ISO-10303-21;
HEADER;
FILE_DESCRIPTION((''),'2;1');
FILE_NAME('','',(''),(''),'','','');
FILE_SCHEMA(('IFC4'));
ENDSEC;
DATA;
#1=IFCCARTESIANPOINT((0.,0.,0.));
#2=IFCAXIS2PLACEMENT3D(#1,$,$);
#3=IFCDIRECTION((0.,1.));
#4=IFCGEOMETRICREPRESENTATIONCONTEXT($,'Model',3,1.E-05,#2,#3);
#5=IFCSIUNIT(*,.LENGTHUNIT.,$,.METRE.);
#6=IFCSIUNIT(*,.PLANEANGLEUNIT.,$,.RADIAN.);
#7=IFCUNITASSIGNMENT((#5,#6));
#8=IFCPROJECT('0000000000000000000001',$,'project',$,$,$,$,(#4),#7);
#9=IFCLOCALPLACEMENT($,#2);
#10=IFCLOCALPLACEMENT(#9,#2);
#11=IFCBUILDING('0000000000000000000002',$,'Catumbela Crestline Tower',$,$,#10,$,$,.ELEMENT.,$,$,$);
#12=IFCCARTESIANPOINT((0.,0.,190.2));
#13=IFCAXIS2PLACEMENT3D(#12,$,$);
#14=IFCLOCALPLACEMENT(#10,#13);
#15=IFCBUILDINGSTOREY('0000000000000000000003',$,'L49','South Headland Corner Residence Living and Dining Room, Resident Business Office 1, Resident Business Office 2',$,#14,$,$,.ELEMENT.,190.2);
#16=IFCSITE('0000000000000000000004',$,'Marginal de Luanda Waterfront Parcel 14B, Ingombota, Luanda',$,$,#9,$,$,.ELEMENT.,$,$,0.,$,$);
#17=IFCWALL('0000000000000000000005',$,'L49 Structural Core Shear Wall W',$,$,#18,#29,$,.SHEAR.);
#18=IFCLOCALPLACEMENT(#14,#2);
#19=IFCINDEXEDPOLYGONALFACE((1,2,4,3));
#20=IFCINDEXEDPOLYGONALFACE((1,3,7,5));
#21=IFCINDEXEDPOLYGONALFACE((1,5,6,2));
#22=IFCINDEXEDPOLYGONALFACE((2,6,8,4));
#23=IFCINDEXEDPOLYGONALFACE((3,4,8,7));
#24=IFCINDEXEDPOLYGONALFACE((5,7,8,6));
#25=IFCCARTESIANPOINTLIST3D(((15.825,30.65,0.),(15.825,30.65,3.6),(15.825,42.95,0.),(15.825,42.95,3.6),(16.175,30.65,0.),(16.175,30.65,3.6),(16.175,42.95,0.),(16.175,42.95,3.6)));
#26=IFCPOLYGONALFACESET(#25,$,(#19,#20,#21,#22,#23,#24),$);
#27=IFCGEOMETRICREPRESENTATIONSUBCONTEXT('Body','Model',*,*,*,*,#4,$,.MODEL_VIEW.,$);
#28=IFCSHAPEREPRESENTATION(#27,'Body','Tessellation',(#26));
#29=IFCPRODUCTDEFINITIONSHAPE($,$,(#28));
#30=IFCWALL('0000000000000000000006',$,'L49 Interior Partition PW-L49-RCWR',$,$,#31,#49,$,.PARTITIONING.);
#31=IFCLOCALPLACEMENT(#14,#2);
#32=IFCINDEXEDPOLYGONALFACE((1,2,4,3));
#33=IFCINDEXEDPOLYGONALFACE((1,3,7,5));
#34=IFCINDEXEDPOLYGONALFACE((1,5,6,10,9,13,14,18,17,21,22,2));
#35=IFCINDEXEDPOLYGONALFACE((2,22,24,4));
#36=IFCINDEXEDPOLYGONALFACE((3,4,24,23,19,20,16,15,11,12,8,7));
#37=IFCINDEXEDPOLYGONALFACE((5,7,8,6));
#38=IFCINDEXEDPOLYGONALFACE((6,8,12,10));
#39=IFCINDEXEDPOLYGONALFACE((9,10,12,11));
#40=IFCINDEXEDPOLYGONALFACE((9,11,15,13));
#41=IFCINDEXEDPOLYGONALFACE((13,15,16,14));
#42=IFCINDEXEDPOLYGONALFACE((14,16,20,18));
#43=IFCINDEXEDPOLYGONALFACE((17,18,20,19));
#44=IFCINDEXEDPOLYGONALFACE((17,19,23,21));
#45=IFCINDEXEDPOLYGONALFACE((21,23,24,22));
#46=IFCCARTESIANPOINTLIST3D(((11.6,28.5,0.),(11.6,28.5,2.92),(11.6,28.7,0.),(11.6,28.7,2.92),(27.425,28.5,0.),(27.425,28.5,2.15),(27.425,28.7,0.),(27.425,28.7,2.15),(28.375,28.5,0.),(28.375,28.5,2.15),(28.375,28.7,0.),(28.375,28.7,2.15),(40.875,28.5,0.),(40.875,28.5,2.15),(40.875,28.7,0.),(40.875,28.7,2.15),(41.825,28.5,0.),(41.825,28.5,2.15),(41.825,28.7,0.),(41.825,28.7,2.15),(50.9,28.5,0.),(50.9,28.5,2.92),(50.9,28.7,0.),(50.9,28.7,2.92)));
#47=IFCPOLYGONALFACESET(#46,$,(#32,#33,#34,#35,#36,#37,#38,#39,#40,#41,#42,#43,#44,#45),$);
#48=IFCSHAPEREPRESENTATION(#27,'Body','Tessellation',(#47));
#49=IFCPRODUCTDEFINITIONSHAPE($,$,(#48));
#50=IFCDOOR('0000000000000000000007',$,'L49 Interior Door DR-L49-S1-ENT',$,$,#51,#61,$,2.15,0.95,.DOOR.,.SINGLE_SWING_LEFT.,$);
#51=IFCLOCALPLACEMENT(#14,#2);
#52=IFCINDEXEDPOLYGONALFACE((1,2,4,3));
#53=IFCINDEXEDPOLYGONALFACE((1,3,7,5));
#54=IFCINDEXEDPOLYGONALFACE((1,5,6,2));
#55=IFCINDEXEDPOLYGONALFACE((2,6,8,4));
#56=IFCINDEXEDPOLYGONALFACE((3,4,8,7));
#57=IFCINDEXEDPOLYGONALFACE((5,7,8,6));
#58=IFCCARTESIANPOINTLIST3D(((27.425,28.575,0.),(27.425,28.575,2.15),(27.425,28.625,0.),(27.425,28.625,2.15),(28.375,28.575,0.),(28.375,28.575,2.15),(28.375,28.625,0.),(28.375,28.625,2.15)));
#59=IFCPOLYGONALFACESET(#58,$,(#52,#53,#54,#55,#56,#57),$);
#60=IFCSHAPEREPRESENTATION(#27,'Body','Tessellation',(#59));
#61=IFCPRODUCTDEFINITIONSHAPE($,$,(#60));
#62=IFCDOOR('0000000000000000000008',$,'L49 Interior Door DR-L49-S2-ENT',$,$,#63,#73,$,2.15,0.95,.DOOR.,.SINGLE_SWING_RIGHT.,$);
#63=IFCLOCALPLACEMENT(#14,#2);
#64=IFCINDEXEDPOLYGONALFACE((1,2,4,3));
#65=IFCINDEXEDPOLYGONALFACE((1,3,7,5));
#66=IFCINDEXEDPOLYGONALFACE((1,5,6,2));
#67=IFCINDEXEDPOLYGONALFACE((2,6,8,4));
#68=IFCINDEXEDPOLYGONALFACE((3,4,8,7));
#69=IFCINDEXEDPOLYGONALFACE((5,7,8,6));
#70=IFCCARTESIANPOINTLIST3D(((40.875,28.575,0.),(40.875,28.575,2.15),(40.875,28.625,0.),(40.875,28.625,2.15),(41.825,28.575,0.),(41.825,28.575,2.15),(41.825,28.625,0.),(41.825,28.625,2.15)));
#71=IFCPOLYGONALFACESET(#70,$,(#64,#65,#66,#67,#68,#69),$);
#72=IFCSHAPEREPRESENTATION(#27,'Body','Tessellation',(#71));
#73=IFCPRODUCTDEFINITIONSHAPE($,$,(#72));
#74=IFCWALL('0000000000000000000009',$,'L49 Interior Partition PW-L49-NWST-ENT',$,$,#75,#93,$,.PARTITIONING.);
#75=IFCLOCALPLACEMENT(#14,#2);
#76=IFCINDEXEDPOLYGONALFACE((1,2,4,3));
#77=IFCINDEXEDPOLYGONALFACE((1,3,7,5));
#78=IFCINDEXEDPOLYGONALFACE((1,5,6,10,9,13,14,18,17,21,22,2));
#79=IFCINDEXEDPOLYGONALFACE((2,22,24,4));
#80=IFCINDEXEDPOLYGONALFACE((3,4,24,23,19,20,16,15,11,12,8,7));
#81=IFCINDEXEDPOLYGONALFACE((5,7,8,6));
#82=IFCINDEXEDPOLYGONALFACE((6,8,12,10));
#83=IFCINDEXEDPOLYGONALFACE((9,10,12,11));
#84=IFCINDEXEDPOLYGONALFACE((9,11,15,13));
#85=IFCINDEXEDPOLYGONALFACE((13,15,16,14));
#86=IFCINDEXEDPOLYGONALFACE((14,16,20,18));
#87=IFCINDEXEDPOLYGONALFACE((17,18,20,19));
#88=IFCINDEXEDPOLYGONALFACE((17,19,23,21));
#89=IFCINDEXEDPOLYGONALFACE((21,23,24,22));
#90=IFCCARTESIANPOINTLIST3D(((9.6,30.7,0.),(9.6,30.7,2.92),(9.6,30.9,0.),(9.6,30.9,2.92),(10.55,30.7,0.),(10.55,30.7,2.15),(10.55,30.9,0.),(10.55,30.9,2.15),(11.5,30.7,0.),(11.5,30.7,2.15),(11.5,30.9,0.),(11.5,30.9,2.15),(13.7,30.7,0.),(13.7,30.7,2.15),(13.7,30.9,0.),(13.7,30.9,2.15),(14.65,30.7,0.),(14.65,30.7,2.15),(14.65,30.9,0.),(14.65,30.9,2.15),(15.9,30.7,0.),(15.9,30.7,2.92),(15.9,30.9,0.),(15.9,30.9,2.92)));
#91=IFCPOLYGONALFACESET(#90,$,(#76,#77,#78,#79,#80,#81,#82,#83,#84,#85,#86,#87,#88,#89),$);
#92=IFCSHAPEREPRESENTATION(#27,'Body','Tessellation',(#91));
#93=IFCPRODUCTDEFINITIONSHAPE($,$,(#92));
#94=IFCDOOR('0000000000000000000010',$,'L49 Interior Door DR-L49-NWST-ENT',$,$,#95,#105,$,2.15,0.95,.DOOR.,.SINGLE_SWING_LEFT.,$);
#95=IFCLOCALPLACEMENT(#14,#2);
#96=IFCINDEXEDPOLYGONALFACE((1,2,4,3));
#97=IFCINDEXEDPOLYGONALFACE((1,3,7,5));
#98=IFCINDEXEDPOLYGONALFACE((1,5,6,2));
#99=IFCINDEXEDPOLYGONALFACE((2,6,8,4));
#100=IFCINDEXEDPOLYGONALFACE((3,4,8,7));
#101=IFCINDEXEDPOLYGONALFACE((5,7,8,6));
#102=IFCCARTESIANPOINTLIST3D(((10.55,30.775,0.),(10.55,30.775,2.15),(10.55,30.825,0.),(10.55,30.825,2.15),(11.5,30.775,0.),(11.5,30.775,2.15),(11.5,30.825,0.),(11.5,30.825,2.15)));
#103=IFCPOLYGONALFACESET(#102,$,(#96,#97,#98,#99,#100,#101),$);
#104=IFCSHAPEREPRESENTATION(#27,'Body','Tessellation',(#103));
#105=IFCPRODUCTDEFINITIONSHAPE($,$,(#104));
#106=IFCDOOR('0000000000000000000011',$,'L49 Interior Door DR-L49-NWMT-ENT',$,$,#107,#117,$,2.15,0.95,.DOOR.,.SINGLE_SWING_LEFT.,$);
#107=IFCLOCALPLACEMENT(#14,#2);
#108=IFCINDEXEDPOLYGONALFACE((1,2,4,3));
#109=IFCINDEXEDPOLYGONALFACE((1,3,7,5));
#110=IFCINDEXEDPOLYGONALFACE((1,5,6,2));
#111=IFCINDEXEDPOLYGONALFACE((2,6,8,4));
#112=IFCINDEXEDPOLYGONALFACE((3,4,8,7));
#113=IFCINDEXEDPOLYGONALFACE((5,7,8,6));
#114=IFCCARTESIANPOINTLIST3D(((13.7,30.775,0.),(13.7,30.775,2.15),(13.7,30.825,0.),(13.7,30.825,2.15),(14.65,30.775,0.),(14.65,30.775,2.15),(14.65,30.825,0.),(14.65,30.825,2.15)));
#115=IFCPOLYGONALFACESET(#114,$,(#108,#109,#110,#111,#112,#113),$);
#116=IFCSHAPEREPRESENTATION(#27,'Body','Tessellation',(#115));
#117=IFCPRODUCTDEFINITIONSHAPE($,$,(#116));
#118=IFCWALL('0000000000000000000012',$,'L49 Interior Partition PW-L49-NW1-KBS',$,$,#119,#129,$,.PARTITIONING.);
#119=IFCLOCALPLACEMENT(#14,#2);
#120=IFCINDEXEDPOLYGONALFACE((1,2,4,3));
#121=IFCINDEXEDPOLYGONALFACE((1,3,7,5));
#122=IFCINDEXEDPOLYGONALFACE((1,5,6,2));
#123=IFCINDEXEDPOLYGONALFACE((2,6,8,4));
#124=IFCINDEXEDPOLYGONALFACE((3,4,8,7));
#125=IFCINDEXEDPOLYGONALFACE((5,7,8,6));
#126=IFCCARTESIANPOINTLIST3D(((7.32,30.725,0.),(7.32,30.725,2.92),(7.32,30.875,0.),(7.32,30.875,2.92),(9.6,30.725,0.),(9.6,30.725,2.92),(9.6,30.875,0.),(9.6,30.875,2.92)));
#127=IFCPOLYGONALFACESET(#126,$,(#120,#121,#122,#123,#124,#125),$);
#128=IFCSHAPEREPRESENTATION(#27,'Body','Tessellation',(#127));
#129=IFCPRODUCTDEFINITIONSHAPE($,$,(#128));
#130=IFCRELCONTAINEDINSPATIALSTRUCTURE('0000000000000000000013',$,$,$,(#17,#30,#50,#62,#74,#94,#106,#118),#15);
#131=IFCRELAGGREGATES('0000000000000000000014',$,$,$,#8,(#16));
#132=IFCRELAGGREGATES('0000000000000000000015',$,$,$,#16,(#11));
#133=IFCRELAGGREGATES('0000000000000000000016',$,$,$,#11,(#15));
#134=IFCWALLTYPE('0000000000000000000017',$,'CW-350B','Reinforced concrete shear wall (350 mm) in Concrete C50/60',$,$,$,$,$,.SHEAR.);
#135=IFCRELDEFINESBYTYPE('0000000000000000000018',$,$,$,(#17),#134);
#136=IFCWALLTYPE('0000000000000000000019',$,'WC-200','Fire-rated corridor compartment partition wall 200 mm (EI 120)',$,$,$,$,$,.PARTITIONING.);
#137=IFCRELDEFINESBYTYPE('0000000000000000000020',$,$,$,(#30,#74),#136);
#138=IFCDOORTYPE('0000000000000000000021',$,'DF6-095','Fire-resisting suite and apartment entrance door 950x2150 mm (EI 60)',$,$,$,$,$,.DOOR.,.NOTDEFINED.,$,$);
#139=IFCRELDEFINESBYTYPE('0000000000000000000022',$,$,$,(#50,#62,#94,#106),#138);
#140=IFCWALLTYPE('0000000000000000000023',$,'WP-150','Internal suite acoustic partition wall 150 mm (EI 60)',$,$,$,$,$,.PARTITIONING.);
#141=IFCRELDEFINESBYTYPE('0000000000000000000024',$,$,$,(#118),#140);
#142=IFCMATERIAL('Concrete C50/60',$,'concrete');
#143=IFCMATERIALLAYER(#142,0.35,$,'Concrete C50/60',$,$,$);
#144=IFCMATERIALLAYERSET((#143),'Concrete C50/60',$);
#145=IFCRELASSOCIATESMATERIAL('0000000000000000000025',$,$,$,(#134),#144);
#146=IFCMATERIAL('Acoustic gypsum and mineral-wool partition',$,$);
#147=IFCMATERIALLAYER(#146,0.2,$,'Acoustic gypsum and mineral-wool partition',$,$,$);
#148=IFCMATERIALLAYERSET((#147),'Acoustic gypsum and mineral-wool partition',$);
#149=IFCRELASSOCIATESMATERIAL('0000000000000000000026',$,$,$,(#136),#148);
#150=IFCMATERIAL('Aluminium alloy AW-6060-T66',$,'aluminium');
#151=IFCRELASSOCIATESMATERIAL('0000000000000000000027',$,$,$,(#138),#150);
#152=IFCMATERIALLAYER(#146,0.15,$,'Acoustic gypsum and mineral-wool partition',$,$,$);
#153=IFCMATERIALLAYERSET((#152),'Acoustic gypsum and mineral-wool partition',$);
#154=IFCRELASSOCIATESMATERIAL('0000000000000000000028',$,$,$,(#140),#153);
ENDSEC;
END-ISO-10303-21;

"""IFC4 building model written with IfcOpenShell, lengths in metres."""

from ifc_helpers import new_model, si_unit, direction, frame, frame_2d, origin, place, context, subcontext, project, spatial, rectangle, extrude, material, layer, layer_set, type_object, element, fill, save


model = new_model("IFC4")

# Units and contexts
model_context = context("Model", 3, precision=1e-05, world=origin(), true_north=direction((0.0, 1.0)))
body_context = subcontext(model_context, "Body", "Model", "MODEL_VIEW")
ifc_project = project(units=[si_unit("LENGTHUNIT", "METRE"), si_unit("PLANEANGLEUNIT", "RADIAN")], contexts=[model_context])

# Site, building, storey
site_placement = place(None, origin())
site = spatial("IfcSite", under=ifc_project, at=site_placement, Name="Marginal de Luanda Waterfront Parcel 14B, Ingombota, Luanda", CompositionType="ELEMENT", RefElevation=0.0)
building_placement = place(site_placement, origin())
building = spatial("IfcBuilding", under=site, at=building_placement, Name="Catumbela Crestline Tower", CompositionType="ELEMENT")
storey_placement = place(building_placement, frame((0.0, 0.0, 190.2)))
storey = spatial("IfcBuildingStorey", under=building, at=storey_placement, Name="L49", Description="South Headland Corner Residence Living and Dining Room, Resident Business Office 1, Resident Business Office 2", CompositionType="ELEMENT", Elevation=190.2)

# Shared definitions
ifc_material_1 = material(Name="Concrete C50/60", Category="concrete")

# Wall
ifc_layer_1 = layer(ifc_material_1, 0.35, Name="Concrete C50/60")
ifc_layer_set_1 = layer_set([ifc_layer_1], Name="Concrete C50/60")
wall_type_1 = type_object("IfcWallType", Name="CW-350B", Description="Reinforced concrete shear wall (350 mm) in Concrete C50/60", PredefinedType="SHEAR", material=ifc_layer_set_1)
wall_1_placement = place(storey_placement, frame((16.0, 30.65, 0.0), z_axis=(0.0, 0.0, 1.0), x_axis=(0.0, 1.0, 0.0)))
element("IfcWall", 1, at=wall_1_placement, inside=storey, type_object=wall_type_1, Name="L49 Structural Core Shear Wall W", PredefinedType="SHEAR", context=body_context, shape_type="SweptSolid", body=[
    extrude(rectangle(XDim=12.3, YDim=0.35, at=frame_2d((6.15, 0.0))), origin(), (0.0, 0.0, 1.0), 3.6),
])

# Walls, openings, doors
ifc_material_2 = material(Name="Acoustic gypsum and mineral-wool partition")
ifc_layer_2 = layer(ifc_material_2, 0.2, Name="Acoustic gypsum and mineral-wool partition")
ifc_layer_set_2 = layer_set([ifc_layer_2], Name="Acoustic gypsum and mineral-wool partition")
wall_type_2 = type_object("IfcWallType", Name="WC-200", Description="Fire-rated corridor compartment partition wall 200 mm (EI 120)", PredefinedType="PARTITIONING", material=ifc_layer_set_2)
wall_2_placement = place(storey_placement, frame((11.6, 28.6, 0.0), z_axis=(0.0, 0.0, 1.0), x_axis=(1.0, 0.0, 0.0)))
wall_2 = element("IfcWall", 2, at=wall_2_placement, inside=storey, type_object=wall_type_2, Name="L49 Interior Partition PW-L49-RCWR", PredefinedType="PARTITIONING", context=body_context, shape_type="SweptSolid", body=[
    extrude(rectangle(XDim=39.3, YDim=0.2, at=frame_2d((19.65, 0.0))), origin(), (0.0, 0.0, 1.0), 2.92),
])
opening_1_placement = place(wall_2_placement, frame((15.825, 0.0, 0.0)))
opening_1 = element("IfcOpeningElement", 3, at=opening_1_placement, cuts=wall_2, PredefinedType="OPENING", context=body_context, shape_type="SweptSolid", body=[
    extrude(rectangle(XDim=0.95, YDim=2.15, at=frame_2d((0.475, 1.075))), frame((0.0, 0.11, 0.0), z_axis=(0.0, -1.0, 0.0), x_axis=(1.0, 0.0, 0.0)), (0.0, 0.0, 1.0), 0.22),
])
opening_2_placement = place(wall_2_placement, frame((29.275, 0.0, 0.0)))
opening_2 = element("IfcOpeningElement", 4, at=opening_2_placement, cuts=wall_2, PredefinedType="OPENING", context=body_context, shape_type="SweptSolid", body=[
    extrude(rectangle(XDim=0.95, YDim=2.15, at=frame_2d((0.475, 1.075))), frame((0.0, 0.11, 0.0), z_axis=(0.0, -1.0, 0.0), x_axis=(1.0, 0.0, 0.0)), (0.0, 0.0, 1.0), 0.22),
])
ifc_material_3 = material(Name="Aluminium alloy AW-6060-T66", Category="aluminium")
door_type_1 = type_object("IfcDoorType", Name="DF6-095", Description="Fire-resisting suite and apartment entrance door 950x2150 mm (EI 60)", OperationType="NOTDEFINED", PredefinedType="DOOR", material=ifc_material_3)
door_1_placement = place(opening_1_placement, origin())
door_1 = element("IfcDoor", 5, at=door_1_placement, inside=storey, type_object=door_type_1, Name="L49 Interior Door DR-L49-S1-ENT", OperationType="SINGLE_SWING_LEFT", OverallHeight=2.15, OverallWidth=0.95, PredefinedType="DOOR", context=body_context, shape_type="SweptSolid", body=[
    extrude(rectangle(XDim=0.95, YDim=2.15, at=frame_2d((0.475, 1.075))), frame((0.0, 0.025, 0.0), z_axis=(0.0, -1.0, 0.0), x_axis=(1.0, 0.0, 0.0)), (0.0, 0.0, 1.0), 0.05),
])
fill(opening_1, door_1)
door_2_placement = place(opening_2_placement, origin())
door_2 = element("IfcDoor", 6, at=door_2_placement, inside=storey, type_object=door_type_1, Name="L49 Interior Door DR-L49-S2-ENT", OperationType="SINGLE_SWING_RIGHT", OverallHeight=2.15, OverallWidth=0.95, PredefinedType="DOOR", context=body_context, shape_type="SweptSolid", body=[
    extrude(rectangle(XDim=0.95, YDim=2.15, at=frame_2d((0.475, 1.075))), frame((0.0, 0.025, 0.0), z_axis=(0.0, -1.0, 0.0), x_axis=(1.0, 0.0, 0.0)), (0.0, 0.0, 1.0), 0.05),
])
fill(opening_2, door_2)
wall_3_placement = place(storey_placement, frame((9.6, 30.8, 0.0), z_axis=(0.0, 0.0, 1.0), x_axis=(1.0, 0.0, 0.0)))
wall_3 = element("IfcWall", 7, at=wall_3_placement, inside=storey, type_object=wall_type_2, Name="L49 Interior Partition PW-L49-NWST-ENT", PredefinedType="PARTITIONING", context=body_context, shape_type="SweptSolid", body=[
    extrude(rectangle(XDim=6.3, YDim=0.2, at=frame_2d((3.15, 0.0))), origin(), (0.0, 0.0, 1.0), 2.92),
])
opening_3_placement = place(wall_3_placement, frame((0.95, 0.0, 0.0)))
opening_3 = element("IfcOpeningElement", 8, at=opening_3_placement, cuts=wall_3, PredefinedType="OPENING", context=body_context, shape_type="SweptSolid", body=[
    extrude(rectangle(XDim=0.95, YDim=2.15, at=frame_2d((0.475, 1.075))), frame((0.0, 0.11, 0.0), z_axis=(0.0, -1.0, 0.0), x_axis=(1.0, 0.0, 0.0)), (0.0, 0.0, 1.0), 0.22),
])
opening_4_placement = place(wall_3_placement, frame((4.1, 0.0, 0.0)))
opening_4 = element("IfcOpeningElement", 9, at=opening_4_placement, cuts=wall_3, PredefinedType="OPENING", context=body_context, shape_type="SweptSolid", body=[
    extrude(rectangle(XDim=0.95, YDim=2.15, at=frame_2d((0.475, 1.075))), frame((0.0, 0.11, 0.0), z_axis=(0.0, -1.0, 0.0), x_axis=(1.0, 0.0, 0.0)), (0.0, 0.0, 1.0), 0.22),
])
door_3_placement = place(opening_3_placement, origin())
door_3 = element("IfcDoor", 10, at=door_3_placement, inside=storey, type_object=door_type_1, Name="L49 Interior Door DR-L49-NWST-ENT", OperationType="SINGLE_SWING_LEFT", OverallHeight=2.15, OverallWidth=0.95, PredefinedType="DOOR", context=body_context, shape_type="SweptSolid", body=[
    extrude(rectangle(XDim=0.95, YDim=2.15, at=frame_2d((0.475, 1.075))), frame((0.0, 0.025, 0.0), z_axis=(0.0, -1.0, 0.0), x_axis=(1.0, 0.0, 0.0)), (0.0, 0.0, 1.0), 0.05),
])
fill(opening_3, door_3)
door_4_placement = place(opening_4_placement, origin())
door_4 = element("IfcDoor", 11, at=door_4_placement, inside=storey, type_object=door_type_1, Name="L49 Interior Door DR-L49-NWMT-ENT", OperationType="SINGLE_SWING_LEFT", OverallHeight=2.15, OverallWidth=0.95, PredefinedType="DOOR", context=body_context, shape_type="SweptSolid", body=[
    extrude(rectangle(XDim=0.95, YDim=2.15, at=frame_2d((0.475, 1.075))), frame((0.0, 0.025, 0.0), z_axis=(0.0, -1.0, 0.0), x_axis=(1.0, 0.0, 0.0)), (0.0, 0.0, 1.0), 0.05),
])
fill(opening_4, door_4)

# Wall
ifc_layer_3 = layer(ifc_material_2, 0.15, Name="Acoustic gypsum and mineral-wool partition")
ifc_layer_set_3 = layer_set([ifc_layer_3], Name="Acoustic gypsum and mineral-wool partition")
wall_type_3 = type_object("IfcWallType", Name="WP-150", Description="Internal suite acoustic partition wall 150 mm (EI 60)", PredefinedType="PARTITIONING", material=ifc_layer_set_3)
wall_4_placement = place(storey_placement, frame((7.32, 30.8, 0.0), z_axis=(0.0, 0.0, 1.0), x_axis=(1.0, 0.0, 0.0)))
element("IfcWall", 12, at=wall_4_placement, inside=storey, type_object=wall_type_3, Name="L49 Interior Partition PW-L49-NW1-KBS", PredefinedType="PARTITIONING", context=body_context, shape_type="SweptSolid", body=[
    extrude(rectangle(XDim=2.28, YDim=0.15, at=frame_2d((1.14, 0.0))), origin(), (0.0, 0.0, 1.0), 2.92),
])

save(model, "model.ifc")
